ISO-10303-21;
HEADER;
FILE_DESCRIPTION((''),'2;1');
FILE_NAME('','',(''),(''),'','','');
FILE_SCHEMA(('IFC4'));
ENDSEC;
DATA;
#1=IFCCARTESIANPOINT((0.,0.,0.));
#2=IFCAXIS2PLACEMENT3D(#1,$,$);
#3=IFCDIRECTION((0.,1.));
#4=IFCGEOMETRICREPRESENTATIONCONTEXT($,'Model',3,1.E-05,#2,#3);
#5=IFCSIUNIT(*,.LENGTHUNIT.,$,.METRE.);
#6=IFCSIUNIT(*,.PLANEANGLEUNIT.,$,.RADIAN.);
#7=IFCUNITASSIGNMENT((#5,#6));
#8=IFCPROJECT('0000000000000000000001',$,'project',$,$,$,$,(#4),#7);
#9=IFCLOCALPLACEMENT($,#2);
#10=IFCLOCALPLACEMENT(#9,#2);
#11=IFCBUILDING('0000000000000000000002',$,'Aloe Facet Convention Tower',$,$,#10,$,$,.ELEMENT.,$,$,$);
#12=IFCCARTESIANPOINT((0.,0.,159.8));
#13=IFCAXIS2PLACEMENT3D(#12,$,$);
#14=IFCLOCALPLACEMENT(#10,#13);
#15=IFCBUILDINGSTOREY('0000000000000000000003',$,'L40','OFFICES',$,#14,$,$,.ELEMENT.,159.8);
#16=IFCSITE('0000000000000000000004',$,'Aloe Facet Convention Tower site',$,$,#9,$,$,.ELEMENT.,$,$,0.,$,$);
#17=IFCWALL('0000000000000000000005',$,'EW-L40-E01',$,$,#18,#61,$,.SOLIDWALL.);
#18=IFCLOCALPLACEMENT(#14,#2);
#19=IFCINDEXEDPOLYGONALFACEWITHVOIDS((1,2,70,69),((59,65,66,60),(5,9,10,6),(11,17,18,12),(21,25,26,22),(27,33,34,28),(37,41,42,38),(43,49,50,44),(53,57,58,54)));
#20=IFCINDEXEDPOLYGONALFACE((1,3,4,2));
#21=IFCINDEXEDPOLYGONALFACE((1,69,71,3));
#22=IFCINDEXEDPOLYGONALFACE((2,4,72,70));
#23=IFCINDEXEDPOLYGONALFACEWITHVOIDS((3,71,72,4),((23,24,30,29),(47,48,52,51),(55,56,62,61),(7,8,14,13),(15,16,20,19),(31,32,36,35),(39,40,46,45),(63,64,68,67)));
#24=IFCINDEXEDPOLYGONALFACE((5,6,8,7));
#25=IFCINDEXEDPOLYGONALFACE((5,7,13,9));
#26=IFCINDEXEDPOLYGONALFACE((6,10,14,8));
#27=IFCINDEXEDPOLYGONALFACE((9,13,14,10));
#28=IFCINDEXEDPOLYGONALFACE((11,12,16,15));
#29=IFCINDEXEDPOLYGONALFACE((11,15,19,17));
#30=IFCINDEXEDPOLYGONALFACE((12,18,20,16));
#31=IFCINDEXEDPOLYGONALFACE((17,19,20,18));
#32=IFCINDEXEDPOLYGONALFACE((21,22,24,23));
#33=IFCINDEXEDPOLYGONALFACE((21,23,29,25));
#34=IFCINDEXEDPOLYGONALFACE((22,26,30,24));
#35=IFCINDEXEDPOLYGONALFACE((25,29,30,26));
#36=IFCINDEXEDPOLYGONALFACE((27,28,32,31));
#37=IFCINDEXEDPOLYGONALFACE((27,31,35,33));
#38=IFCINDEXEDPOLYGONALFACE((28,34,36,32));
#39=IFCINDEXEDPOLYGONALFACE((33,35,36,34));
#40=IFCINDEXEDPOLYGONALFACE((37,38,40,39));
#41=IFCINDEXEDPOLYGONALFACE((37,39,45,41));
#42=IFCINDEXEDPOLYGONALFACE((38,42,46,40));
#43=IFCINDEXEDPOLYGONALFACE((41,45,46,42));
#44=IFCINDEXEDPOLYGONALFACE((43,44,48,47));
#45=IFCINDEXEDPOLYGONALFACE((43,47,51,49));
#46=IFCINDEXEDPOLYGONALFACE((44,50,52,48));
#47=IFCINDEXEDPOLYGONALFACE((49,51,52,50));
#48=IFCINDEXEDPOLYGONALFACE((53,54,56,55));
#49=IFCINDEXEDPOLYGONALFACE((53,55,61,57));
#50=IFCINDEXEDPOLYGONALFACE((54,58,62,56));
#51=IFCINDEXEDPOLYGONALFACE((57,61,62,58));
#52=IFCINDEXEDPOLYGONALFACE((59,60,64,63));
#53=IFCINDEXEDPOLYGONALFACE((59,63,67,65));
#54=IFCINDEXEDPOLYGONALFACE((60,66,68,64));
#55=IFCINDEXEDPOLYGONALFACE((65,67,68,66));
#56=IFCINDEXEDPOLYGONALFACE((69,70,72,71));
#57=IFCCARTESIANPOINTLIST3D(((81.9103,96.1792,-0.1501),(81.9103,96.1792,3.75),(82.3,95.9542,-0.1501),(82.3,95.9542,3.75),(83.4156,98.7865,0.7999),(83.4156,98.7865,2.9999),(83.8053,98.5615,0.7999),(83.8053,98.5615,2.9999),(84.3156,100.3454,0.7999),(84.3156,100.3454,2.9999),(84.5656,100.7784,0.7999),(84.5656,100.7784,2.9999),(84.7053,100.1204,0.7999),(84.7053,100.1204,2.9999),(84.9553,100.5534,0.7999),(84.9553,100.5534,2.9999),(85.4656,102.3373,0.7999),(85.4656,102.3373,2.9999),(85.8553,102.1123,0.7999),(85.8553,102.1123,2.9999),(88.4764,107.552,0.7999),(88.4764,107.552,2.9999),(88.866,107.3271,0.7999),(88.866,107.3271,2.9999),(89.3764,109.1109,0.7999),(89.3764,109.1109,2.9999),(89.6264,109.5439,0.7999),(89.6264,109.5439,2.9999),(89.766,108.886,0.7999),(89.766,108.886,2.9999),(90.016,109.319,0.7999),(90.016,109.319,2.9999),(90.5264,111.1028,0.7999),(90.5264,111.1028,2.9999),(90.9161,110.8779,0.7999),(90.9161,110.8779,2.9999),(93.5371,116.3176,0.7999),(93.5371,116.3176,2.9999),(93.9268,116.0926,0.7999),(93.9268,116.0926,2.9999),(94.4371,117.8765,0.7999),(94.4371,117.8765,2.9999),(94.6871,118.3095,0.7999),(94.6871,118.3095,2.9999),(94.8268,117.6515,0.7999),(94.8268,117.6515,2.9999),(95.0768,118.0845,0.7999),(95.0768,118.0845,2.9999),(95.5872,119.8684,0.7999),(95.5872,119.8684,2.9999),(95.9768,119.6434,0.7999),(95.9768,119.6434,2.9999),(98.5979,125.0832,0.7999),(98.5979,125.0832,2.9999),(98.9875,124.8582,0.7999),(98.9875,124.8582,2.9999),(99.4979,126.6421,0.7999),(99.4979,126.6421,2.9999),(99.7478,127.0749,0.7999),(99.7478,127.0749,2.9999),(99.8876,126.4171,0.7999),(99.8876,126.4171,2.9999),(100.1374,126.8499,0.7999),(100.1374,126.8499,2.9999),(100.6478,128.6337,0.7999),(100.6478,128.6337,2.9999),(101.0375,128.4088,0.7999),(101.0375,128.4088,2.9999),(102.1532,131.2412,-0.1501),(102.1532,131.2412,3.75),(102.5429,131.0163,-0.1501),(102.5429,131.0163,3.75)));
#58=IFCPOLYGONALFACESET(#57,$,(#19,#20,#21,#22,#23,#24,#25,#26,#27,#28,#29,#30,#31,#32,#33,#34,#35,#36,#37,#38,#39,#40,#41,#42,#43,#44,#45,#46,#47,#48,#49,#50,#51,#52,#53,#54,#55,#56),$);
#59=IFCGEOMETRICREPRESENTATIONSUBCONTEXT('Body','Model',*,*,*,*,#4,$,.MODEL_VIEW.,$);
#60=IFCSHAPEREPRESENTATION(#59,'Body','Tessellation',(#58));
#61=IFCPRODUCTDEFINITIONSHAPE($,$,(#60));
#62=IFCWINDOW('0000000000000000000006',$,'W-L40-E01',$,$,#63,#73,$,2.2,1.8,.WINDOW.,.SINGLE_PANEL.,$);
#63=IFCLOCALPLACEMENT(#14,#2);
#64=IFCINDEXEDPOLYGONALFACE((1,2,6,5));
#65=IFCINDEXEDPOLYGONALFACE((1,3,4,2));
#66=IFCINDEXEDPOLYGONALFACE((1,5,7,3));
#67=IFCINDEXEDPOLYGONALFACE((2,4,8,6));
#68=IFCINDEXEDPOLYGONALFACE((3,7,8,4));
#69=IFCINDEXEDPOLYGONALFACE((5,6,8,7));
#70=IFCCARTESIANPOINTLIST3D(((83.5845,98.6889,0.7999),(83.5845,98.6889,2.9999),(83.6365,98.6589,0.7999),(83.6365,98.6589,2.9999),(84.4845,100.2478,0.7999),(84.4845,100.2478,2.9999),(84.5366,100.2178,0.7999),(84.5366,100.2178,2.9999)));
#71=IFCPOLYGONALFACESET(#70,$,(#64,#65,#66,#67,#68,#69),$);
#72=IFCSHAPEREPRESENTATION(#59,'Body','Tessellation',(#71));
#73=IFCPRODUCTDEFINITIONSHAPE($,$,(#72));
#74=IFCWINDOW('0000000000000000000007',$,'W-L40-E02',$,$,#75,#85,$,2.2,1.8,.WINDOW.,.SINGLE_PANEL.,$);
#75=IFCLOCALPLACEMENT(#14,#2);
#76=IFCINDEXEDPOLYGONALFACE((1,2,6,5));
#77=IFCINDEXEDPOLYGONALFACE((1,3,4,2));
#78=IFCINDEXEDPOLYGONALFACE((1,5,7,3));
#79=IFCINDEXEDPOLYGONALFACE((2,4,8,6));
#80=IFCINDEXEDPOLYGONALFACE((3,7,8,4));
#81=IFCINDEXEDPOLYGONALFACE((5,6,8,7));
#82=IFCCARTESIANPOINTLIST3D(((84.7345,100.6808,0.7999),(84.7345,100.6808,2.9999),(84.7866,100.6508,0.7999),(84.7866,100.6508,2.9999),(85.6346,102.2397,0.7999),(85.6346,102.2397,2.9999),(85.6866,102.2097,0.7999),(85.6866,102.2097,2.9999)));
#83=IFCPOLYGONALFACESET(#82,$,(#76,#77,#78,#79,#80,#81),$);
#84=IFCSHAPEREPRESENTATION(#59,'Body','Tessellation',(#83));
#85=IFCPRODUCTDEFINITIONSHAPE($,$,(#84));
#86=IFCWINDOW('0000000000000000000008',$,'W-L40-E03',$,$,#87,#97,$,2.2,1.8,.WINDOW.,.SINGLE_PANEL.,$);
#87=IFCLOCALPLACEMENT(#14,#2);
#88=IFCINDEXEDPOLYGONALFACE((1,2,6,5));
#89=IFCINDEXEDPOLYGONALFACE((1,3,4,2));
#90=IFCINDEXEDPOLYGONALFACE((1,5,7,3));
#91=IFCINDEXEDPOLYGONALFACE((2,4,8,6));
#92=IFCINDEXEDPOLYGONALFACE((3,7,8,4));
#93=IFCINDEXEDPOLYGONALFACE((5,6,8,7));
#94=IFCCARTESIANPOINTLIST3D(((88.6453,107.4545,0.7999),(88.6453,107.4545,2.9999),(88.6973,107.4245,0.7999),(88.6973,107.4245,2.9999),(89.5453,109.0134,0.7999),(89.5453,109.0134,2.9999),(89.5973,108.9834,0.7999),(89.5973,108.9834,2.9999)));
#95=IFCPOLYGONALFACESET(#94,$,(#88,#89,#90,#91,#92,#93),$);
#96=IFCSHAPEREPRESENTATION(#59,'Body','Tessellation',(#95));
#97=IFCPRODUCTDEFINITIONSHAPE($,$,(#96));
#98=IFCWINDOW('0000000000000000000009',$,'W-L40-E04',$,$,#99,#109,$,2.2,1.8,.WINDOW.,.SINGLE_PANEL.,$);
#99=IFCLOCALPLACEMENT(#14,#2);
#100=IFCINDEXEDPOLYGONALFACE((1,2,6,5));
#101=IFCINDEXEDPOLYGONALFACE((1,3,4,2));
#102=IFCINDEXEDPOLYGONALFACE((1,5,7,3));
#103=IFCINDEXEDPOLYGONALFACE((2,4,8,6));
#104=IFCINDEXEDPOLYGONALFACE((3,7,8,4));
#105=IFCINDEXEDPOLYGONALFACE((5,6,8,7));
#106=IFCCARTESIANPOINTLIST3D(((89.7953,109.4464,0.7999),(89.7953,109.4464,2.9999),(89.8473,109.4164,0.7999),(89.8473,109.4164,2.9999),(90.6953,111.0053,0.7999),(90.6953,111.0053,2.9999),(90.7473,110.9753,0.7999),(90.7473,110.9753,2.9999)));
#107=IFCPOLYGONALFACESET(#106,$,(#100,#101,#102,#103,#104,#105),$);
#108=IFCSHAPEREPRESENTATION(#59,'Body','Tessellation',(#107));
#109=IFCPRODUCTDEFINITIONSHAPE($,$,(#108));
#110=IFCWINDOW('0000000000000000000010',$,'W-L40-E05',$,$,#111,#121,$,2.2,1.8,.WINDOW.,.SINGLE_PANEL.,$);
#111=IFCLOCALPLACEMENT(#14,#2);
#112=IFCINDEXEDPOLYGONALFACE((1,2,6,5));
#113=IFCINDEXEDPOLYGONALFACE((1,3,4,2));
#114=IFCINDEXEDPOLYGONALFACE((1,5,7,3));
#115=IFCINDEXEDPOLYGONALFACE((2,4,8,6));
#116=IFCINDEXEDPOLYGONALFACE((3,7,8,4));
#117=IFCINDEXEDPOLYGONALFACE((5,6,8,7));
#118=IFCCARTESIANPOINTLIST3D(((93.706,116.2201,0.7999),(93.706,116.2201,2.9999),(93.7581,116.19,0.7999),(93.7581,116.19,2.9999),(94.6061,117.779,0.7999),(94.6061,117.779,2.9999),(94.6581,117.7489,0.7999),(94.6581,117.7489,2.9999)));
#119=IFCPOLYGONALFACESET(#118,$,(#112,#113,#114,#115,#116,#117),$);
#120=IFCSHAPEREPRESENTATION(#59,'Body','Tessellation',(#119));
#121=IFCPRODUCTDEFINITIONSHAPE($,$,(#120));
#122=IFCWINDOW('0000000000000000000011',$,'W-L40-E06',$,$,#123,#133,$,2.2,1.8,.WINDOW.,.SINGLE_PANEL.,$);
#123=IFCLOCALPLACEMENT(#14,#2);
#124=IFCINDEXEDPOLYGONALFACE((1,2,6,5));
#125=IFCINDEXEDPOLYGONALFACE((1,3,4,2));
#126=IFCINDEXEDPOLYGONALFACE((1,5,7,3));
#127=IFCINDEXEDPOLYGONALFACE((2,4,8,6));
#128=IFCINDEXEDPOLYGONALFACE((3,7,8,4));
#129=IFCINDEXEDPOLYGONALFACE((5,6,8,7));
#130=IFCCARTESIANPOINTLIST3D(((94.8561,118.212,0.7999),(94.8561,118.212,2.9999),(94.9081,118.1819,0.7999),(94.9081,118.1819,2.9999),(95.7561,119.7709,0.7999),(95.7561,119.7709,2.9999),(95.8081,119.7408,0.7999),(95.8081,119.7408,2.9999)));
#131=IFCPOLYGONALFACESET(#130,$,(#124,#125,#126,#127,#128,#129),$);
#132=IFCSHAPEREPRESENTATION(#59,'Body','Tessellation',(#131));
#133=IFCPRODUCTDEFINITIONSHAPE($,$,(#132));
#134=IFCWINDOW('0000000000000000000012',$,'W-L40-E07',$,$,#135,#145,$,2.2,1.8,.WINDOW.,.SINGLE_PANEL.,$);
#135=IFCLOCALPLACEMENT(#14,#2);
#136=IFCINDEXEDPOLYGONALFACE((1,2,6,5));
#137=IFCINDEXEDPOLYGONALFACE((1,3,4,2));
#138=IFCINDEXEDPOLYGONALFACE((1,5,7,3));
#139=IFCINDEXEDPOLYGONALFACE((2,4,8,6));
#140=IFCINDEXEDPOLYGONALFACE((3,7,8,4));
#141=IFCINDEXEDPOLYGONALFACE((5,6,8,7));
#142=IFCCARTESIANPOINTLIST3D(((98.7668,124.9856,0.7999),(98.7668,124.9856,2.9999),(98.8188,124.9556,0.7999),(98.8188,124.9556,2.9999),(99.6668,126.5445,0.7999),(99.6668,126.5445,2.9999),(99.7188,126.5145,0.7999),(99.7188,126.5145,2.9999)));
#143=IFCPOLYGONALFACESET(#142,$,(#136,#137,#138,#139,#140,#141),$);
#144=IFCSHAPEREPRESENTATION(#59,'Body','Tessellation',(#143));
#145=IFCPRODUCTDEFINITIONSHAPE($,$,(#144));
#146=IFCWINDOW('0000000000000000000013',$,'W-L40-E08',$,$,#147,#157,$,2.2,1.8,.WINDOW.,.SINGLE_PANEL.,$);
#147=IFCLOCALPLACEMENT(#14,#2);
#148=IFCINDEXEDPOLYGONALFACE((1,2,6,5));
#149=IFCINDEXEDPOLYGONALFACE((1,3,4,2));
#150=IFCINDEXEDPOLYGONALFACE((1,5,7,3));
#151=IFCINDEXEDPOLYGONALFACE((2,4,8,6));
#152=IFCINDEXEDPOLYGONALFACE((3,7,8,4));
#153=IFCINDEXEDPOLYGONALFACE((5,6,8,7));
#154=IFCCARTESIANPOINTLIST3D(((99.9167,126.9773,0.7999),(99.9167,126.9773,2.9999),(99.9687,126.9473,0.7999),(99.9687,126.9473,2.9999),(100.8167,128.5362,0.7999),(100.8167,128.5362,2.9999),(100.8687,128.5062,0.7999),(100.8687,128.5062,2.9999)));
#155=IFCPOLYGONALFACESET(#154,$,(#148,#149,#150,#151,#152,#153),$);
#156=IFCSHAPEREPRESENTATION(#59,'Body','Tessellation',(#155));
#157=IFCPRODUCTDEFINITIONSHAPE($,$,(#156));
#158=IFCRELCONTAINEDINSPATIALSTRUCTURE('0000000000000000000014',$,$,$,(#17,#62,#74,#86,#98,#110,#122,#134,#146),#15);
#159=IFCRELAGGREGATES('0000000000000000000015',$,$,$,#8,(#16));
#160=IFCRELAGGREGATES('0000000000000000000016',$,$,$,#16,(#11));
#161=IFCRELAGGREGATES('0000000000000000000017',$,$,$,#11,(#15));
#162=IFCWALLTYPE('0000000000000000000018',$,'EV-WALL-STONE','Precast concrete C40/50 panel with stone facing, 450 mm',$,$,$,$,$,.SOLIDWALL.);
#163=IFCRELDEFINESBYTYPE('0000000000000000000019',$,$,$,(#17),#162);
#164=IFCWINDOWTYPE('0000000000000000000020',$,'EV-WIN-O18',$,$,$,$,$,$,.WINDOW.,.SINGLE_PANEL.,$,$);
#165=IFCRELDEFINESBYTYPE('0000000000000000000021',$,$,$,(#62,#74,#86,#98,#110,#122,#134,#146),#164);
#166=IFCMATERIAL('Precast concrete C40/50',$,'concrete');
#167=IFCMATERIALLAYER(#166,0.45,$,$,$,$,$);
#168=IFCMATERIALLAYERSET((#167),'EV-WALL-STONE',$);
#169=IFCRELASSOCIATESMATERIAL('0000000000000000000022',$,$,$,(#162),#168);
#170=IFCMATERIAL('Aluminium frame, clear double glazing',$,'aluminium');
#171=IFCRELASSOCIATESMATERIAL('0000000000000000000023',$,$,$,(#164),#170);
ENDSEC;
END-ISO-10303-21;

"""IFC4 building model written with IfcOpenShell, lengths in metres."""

from ifc_helpers import new_model, si_unit, direction, frame, frame_2d, origin, place, context, subcontext, project, spatial, polyline, rectangle, outline, extrude, material, layer, layer_set, type_object, element, fill, save


model = new_model("IFC4")

# Units and contexts
model_context = context("Model", 3, precision=1e-05, world=origin(), true_north=direction((0.0, 1.0)))
body_context = subcontext(model_context, "Body", "Model", "MODEL_VIEW")
ifc_project = project(units=[si_unit("LENGTHUNIT", "METRE"), si_unit("PLANEANGLEUNIT", "RADIAN")], contexts=[model_context])

# Site, building, storey
site_placement = place(None, origin())
site = spatial("IfcSite", under=ifc_project, at=site_placement, Name="Aloe Facet Convention Tower site", CompositionType="ELEMENT", RefElevation=0.0)
building_placement = place(site_placement, origin())
building = spatial("IfcBuilding", under=site, at=building_placement, Name="Aloe Facet Convention Tower", CompositionType="ELEMENT")
storey_placement = place(building_placement, frame((0.0, 0.0, 159.8)))
storey = spatial("IfcBuildingStorey", under=building, at=storey_placement, Name="L40", Description="OFFICES", CompositionType="ELEMENT", Elevation=159.8)

# Wall, openings, windows
ifc_material_1 = material(Name="Precast concrete C40/50", Category="concrete")
ifc_layer_1 = layer(ifc_material_1, 0.45)
ifc_layer_set_1 = layer_set([ifc_layer_1], Name="EV-WALL-STONE")
wall_type_1 = type_object("IfcWallType", Name="EV-WALL-STONE", Description="Precast concrete C40/50 panel with stone facing, 450 mm", PredefinedType="SOLIDWALL", material=ifc_layer_set_1)
wall_1_placement = place(storey_placement, frame((82.1052, 96.0667, -0.1501), z_axis=(0.0, 0.0, 1.0), x_axis=(0.499997, 0.866027, 0.0)))
wall_1 = element("IfcWall", 1, at=wall_1_placement, inside=storey, type_object=wall_type_1, Name="EW-L40-E01", PredefinedType="SOLIDWALL", context=body_context, shape_type="SweptSolid", body=[
    extrude(outline(polyline([(40.4861, 0.0), (40.4861, 3.9001), (0.0, 3.9001), (0.0, 0.0), (40.4861, 0.0)])), frame((0.0, 0.2251, 0.0), z_axis=(0.0, -1.0, 0.0), x_axis=(1.0, 0.0, 0.0)), (0.0, 0.0, 1.0), 0.45),
])
opening_1_placement = place(wall_1_placement, frame((3.0107, 0.0, 0.95)))
opening_1 = element("IfcOpeningElement", 2, at=opening_1_placement, cuts=wall_1, PredefinedType="OPENING", context=body_context, shape_type="SweptSolid", body=[
    extrude(rectangle(XDim=1.8, YDim=2.2, at=frame_2d((0.8999, 1.1001))), frame((0.0, 0.2349, 0.0), z_axis=(0.0, -1.0, 0.0), x_axis=(1.0, 0.0, 0.0)), (0.0, 0.0, 1.0), 0.47),
])
opening_2_placement = place(wall_1_placement, frame((5.3108, 0.0, 0.95)))
opening_2 = element("IfcOpeningElement", 3, at=opening_2_placement, cuts=wall_1, PredefinedType="OPENING", context=body_context, shape_type="SweptSolid", body=[
    extrude(rectangle(XDim=1.8, YDim=2.2, at=frame_2d((0.8999, 1.1001))), frame((0.0, 0.2349, 0.0), z_axis=(0.0, -1.0, 0.0), x_axis=(1.0, 0.0, 0.0)), (0.0, 0.0, 1.0), 0.47),
])
opening_3_placement = place(wall_1_placement, frame((13.1323, 0.0, 0.95)))
opening_3 = element("IfcOpeningElement", 4, at=opening_3_placement, cuts=wall_1, PredefinedType="OPENING", context=body_context, shape_type="SweptSolid", body=[
    extrude(rectangle(XDim=1.8, YDim=2.2, at=frame_2d((0.8999, 1.1001))), frame((0.0, 0.2349, 0.0), z_axis=(0.0, -1.0, 0.0), x_axis=(1.0, 0.0, 0.0)), (0.0, 0.0, 1.0), 0.47),
])
opening_4_placement = place(wall_1_placement, frame((15.4324, 0.0, 0.95)))
opening_4 = element("IfcOpeningElement", 5, at=opening_4_placement, cuts=wall_1, PredefinedType="OPENING", context=body_context, shape_type="SweptSolid", body=[
    extrude(rectangle(XDim=1.8, YDim=2.2, at=frame_2d((0.8999, 1.1001))), frame((0.0, 0.2349, 0.0), z_axis=(0.0, -1.0, 0.0), x_axis=(1.0, 0.0, 0.0)), (0.0, 0.0, 1.0), 0.47),
])
opening_5_placement = place(wall_1_placement, frame((23.2539, 0.0, 0.95)))
opening_5 = element("IfcOpeningElement", 6, at=opening_5_placement, cuts=wall_1, PredefinedType="OPENING", context=body_context, shape_type="SweptSolid", body=[
    extrude(rectangle(XDim=1.8, YDim=2.2, at=frame_2d((0.8999, 1.1001))), frame((0.0, 0.2349, 0.0), z_axis=(0.0, -1.0, 0.0), x_axis=(1.0, 0.0, 0.0)), (0.0, 0.0, 1.0), 0.47),
])
opening_6_placement = place(wall_1_placement, frame((25.554, 0.0, 0.95)))
opening_6 = element("IfcOpeningElement", 7, at=opening_6_placement, cuts=wall_1, PredefinedType="OPENING", context=body_context, shape_type="SweptSolid", body=[
    extrude(rectangle(XDim=1.8, YDim=2.2, at=frame_2d((0.8999, 1.1001))), frame((0.0, 0.2349, 0.0), z_axis=(0.0, -1.0, 0.0), x_axis=(1.0, 0.0, 0.0)), (0.0, 0.0, 1.0), 0.47),
])
opening_7_placement = place(wall_1_placement, frame((33.3755, 0.0, 0.95)))
opening_7 = element("IfcOpeningElement", 8, at=opening_7_placement, cuts=wall_1, PredefinedType="OPENING", context=body_context, shape_type="SweptSolid", body=[
    extrude(rectangle(XDim=1.8, YDim=2.2, at=frame_2d((0.8999, 1.1001))), frame((0.0, 0.2349, 0.0), z_axis=(0.0, -1.0, 0.0), x_axis=(1.0, 0.0, 0.0)), (0.0, 0.0, 1.0), 0.47),
])
opening_8_placement = place(wall_1_placement, frame((35.6753, 0.0, 0.95)))
opening_8 = element("IfcOpeningElement", 9, at=opening_8_placement, cuts=wall_1, PredefinedType="OPENING", context=body_context, shape_type="SweptSolid", body=[
    extrude(rectangle(XDim=1.8, YDim=2.2, at=frame_2d((0.8999, 1.1001))), frame((0.0, 0.2349, 0.0), z_axis=(0.0, -1.0, 0.0), x_axis=(1.0, 0.0, 0.0)), (0.0, 0.0, 1.0), 0.47),
])
ifc_material_2 = material(Name="Aluminium frame, clear double glazing", Category="aluminium")
window_type = type_object("IfcWindowType", Name="EV-WIN-O18", PartitioningType="SINGLE_PANEL", PredefinedType="WINDOW", material=ifc_material_2)
window_1_placement = place(opening_1_placement, origin())
window_1 = element("IfcWindow", 10, at=window_1_placement, inside=storey, type_object=window_type, Name="W-L40-E01", OverallHeight=2.2, OverallWidth=1.8, PartitioningType="SINGLE_PANEL", PredefinedType="WINDOW", context=body_context, shape_type="SweptSolid", body=[
    extrude(rectangle(XDim=1.8, YDim=2.2, at=frame_2d((0.8999, 1.1001))), frame((0.0, 0.03, 0.0), z_axis=(0.0, -1.0, 0.0), x_axis=(1.0, 0.0, 0.0)), (0.0, 0.0, 1.0), 0.0601),
])
fill(opening_1, window_1)
window_2_placement = place(opening_2_placement, origin())
window_2 = element("IfcWindow", 11, at=window_2_placement, inside=storey, type_object=window_type, Name="W-L40-E02", OverallHeight=2.2, OverallWidth=1.8, PartitioningType="SINGLE_PANEL", PredefinedType="WINDOW", context=body_context, shape_type="SweptSolid", body=[
    extrude(rectangle(XDim=1.8, YDim=2.2, at=frame_2d((0.8999, 1.1001))), frame((0.0, 0.03, 0.0), z_axis=(0.0, -1.0, 0.0), x_axis=(1.0, 0.0, 0.0)), (0.0, 0.0, 1.0), 0.0601),
])
fill(opening_2, window_2)
window_3_placement = place(opening_3_placement, origin())
window_3 = element("IfcWindow", 12, at=window_3_placement, inside=storey, type_object=window_type, Name="W-L40-E03", OverallHeight=2.2, OverallWidth=1.8, PartitioningType="SINGLE_PANEL", PredefinedType="WINDOW", context=body_context, shape_type="SweptSolid", body=[
    extrude(rectangle(XDim=1.8, YDim=2.2, at=frame_2d((0.8999, 1.1001))), frame((0.0, 0.03, 0.0), z_axis=(0.0, -1.0, 0.0), x_axis=(1.0, 0.0, 0.0)), (0.0, 0.0, 1.0), 0.0601),
])
fill(opening_3, window_3)
window_4_placement = place(opening_4_placement, origin())
window_4 = element("IfcWindow", 13, at=window_4_placement, inside=storey, type_object=window_type, Name="W-L40-E04", OverallHeight=2.2, OverallWidth=1.8, PartitioningType="SINGLE_PANEL", PredefinedType="WINDOW", context=body_context, shape_type="SweptSolid", body=[
    extrude(rectangle(XDim=1.8, YDim=2.2, at=frame_2d((0.8999, 1.1001))), frame((0.0, 0.03, 0.0), z_axis=(0.0, -1.0, 0.0), x_axis=(1.0, 0.0, 0.0)), (0.0, 0.0, 1.0), 0.0601),
])
fill(opening_4, window_4)
window_5_placement = place(opening_5_placement, origin())
window_5 = element("IfcWindow", 14, at=window_5_placement, inside=storey, type_object=window_type, Name="W-L40-E05", OverallHeight=2.2, OverallWidth=1.8, PartitioningType="SINGLE_PANEL", PredefinedType="WINDOW", context=body_context, shape_type="SweptSolid", body=[
    extrude(rectangle(XDim=1.8, YDim=2.2, at=frame_2d((0.8999, 1.1001))), frame((0.0, 0.03, 0.0), z_axis=(0.0, -1.0, 0.0), x_axis=(1.0, 0.0, 0.0)), (0.0, 0.0, 1.0), 0.0601),
])
fill(opening_5, window_5)
window_6_placement = place(opening_6_placement, origin())
window_6 = element("IfcWindow", 15, at=window_6_placement, inside=storey, type_object=window_type, Name="W-L40-E06", OverallHeight=2.2, OverallWidth=1.8, PartitioningType="SINGLE_PANEL", PredefinedType="WINDOW", context=body_context, shape_type="SweptSolid", body=[
    extrude(rectangle(XDim=1.8, YDim=2.2, at=frame_2d((0.8999, 1.1001))), frame((0.0, 0.03, 0.0), z_axis=(0.0, -1.0, 0.0), x_axis=(1.0, 0.0, 0.0)), (0.0, 0.0, 1.0), 0.0601),
])
fill(opening_6, window_6)
window_7_placement = place(opening_7_placement, origin())
window_7 = element("IfcWindow", 16, at=window_7_placement, inside=storey, type_object=window_type, Name="W-L40-E07", OverallHeight=2.2, OverallWidth=1.8, PartitioningType="SINGLE_PANEL", PredefinedType="WINDOW", context=body_context, shape_type="SweptSolid", body=[
    extrude(rectangle(XDim=1.8, YDim=2.2, at=frame_2d((0.8999, 1.1001))), frame((0.0, 0.03, 0.0), z_axis=(0.0, -1.0, 0.0), x_axis=(1.0, 0.0, 0.0)), (0.0, 0.0, 1.0), 0.0601),
])
fill(opening_7, window_7)
window_8_placement = place(opening_8_placement, origin())
window_8 = element("IfcWindow", 17, at=window_8_placement, inside=storey, type_object=window_type, Name="W-L40-E08", OverallHeight=2.2, OverallWidth=1.8, PartitioningType="SINGLE_PANEL", PredefinedType="WINDOW", context=body_context, shape_type="SweptSolid", body=[
    extrude(rectangle(XDim=1.8, YDim=2.2, at=frame_2d((0.8999, 1.1001))), frame((0.0, 0.03, 0.0), z_axis=(0.0, -1.0, 0.0), x_axis=(1.0, 0.0, 0.0)), (0.0, 0.0, 1.0), 0.0601),
])
fill(opening_8, window_8)

save(model, "model.ifc")
